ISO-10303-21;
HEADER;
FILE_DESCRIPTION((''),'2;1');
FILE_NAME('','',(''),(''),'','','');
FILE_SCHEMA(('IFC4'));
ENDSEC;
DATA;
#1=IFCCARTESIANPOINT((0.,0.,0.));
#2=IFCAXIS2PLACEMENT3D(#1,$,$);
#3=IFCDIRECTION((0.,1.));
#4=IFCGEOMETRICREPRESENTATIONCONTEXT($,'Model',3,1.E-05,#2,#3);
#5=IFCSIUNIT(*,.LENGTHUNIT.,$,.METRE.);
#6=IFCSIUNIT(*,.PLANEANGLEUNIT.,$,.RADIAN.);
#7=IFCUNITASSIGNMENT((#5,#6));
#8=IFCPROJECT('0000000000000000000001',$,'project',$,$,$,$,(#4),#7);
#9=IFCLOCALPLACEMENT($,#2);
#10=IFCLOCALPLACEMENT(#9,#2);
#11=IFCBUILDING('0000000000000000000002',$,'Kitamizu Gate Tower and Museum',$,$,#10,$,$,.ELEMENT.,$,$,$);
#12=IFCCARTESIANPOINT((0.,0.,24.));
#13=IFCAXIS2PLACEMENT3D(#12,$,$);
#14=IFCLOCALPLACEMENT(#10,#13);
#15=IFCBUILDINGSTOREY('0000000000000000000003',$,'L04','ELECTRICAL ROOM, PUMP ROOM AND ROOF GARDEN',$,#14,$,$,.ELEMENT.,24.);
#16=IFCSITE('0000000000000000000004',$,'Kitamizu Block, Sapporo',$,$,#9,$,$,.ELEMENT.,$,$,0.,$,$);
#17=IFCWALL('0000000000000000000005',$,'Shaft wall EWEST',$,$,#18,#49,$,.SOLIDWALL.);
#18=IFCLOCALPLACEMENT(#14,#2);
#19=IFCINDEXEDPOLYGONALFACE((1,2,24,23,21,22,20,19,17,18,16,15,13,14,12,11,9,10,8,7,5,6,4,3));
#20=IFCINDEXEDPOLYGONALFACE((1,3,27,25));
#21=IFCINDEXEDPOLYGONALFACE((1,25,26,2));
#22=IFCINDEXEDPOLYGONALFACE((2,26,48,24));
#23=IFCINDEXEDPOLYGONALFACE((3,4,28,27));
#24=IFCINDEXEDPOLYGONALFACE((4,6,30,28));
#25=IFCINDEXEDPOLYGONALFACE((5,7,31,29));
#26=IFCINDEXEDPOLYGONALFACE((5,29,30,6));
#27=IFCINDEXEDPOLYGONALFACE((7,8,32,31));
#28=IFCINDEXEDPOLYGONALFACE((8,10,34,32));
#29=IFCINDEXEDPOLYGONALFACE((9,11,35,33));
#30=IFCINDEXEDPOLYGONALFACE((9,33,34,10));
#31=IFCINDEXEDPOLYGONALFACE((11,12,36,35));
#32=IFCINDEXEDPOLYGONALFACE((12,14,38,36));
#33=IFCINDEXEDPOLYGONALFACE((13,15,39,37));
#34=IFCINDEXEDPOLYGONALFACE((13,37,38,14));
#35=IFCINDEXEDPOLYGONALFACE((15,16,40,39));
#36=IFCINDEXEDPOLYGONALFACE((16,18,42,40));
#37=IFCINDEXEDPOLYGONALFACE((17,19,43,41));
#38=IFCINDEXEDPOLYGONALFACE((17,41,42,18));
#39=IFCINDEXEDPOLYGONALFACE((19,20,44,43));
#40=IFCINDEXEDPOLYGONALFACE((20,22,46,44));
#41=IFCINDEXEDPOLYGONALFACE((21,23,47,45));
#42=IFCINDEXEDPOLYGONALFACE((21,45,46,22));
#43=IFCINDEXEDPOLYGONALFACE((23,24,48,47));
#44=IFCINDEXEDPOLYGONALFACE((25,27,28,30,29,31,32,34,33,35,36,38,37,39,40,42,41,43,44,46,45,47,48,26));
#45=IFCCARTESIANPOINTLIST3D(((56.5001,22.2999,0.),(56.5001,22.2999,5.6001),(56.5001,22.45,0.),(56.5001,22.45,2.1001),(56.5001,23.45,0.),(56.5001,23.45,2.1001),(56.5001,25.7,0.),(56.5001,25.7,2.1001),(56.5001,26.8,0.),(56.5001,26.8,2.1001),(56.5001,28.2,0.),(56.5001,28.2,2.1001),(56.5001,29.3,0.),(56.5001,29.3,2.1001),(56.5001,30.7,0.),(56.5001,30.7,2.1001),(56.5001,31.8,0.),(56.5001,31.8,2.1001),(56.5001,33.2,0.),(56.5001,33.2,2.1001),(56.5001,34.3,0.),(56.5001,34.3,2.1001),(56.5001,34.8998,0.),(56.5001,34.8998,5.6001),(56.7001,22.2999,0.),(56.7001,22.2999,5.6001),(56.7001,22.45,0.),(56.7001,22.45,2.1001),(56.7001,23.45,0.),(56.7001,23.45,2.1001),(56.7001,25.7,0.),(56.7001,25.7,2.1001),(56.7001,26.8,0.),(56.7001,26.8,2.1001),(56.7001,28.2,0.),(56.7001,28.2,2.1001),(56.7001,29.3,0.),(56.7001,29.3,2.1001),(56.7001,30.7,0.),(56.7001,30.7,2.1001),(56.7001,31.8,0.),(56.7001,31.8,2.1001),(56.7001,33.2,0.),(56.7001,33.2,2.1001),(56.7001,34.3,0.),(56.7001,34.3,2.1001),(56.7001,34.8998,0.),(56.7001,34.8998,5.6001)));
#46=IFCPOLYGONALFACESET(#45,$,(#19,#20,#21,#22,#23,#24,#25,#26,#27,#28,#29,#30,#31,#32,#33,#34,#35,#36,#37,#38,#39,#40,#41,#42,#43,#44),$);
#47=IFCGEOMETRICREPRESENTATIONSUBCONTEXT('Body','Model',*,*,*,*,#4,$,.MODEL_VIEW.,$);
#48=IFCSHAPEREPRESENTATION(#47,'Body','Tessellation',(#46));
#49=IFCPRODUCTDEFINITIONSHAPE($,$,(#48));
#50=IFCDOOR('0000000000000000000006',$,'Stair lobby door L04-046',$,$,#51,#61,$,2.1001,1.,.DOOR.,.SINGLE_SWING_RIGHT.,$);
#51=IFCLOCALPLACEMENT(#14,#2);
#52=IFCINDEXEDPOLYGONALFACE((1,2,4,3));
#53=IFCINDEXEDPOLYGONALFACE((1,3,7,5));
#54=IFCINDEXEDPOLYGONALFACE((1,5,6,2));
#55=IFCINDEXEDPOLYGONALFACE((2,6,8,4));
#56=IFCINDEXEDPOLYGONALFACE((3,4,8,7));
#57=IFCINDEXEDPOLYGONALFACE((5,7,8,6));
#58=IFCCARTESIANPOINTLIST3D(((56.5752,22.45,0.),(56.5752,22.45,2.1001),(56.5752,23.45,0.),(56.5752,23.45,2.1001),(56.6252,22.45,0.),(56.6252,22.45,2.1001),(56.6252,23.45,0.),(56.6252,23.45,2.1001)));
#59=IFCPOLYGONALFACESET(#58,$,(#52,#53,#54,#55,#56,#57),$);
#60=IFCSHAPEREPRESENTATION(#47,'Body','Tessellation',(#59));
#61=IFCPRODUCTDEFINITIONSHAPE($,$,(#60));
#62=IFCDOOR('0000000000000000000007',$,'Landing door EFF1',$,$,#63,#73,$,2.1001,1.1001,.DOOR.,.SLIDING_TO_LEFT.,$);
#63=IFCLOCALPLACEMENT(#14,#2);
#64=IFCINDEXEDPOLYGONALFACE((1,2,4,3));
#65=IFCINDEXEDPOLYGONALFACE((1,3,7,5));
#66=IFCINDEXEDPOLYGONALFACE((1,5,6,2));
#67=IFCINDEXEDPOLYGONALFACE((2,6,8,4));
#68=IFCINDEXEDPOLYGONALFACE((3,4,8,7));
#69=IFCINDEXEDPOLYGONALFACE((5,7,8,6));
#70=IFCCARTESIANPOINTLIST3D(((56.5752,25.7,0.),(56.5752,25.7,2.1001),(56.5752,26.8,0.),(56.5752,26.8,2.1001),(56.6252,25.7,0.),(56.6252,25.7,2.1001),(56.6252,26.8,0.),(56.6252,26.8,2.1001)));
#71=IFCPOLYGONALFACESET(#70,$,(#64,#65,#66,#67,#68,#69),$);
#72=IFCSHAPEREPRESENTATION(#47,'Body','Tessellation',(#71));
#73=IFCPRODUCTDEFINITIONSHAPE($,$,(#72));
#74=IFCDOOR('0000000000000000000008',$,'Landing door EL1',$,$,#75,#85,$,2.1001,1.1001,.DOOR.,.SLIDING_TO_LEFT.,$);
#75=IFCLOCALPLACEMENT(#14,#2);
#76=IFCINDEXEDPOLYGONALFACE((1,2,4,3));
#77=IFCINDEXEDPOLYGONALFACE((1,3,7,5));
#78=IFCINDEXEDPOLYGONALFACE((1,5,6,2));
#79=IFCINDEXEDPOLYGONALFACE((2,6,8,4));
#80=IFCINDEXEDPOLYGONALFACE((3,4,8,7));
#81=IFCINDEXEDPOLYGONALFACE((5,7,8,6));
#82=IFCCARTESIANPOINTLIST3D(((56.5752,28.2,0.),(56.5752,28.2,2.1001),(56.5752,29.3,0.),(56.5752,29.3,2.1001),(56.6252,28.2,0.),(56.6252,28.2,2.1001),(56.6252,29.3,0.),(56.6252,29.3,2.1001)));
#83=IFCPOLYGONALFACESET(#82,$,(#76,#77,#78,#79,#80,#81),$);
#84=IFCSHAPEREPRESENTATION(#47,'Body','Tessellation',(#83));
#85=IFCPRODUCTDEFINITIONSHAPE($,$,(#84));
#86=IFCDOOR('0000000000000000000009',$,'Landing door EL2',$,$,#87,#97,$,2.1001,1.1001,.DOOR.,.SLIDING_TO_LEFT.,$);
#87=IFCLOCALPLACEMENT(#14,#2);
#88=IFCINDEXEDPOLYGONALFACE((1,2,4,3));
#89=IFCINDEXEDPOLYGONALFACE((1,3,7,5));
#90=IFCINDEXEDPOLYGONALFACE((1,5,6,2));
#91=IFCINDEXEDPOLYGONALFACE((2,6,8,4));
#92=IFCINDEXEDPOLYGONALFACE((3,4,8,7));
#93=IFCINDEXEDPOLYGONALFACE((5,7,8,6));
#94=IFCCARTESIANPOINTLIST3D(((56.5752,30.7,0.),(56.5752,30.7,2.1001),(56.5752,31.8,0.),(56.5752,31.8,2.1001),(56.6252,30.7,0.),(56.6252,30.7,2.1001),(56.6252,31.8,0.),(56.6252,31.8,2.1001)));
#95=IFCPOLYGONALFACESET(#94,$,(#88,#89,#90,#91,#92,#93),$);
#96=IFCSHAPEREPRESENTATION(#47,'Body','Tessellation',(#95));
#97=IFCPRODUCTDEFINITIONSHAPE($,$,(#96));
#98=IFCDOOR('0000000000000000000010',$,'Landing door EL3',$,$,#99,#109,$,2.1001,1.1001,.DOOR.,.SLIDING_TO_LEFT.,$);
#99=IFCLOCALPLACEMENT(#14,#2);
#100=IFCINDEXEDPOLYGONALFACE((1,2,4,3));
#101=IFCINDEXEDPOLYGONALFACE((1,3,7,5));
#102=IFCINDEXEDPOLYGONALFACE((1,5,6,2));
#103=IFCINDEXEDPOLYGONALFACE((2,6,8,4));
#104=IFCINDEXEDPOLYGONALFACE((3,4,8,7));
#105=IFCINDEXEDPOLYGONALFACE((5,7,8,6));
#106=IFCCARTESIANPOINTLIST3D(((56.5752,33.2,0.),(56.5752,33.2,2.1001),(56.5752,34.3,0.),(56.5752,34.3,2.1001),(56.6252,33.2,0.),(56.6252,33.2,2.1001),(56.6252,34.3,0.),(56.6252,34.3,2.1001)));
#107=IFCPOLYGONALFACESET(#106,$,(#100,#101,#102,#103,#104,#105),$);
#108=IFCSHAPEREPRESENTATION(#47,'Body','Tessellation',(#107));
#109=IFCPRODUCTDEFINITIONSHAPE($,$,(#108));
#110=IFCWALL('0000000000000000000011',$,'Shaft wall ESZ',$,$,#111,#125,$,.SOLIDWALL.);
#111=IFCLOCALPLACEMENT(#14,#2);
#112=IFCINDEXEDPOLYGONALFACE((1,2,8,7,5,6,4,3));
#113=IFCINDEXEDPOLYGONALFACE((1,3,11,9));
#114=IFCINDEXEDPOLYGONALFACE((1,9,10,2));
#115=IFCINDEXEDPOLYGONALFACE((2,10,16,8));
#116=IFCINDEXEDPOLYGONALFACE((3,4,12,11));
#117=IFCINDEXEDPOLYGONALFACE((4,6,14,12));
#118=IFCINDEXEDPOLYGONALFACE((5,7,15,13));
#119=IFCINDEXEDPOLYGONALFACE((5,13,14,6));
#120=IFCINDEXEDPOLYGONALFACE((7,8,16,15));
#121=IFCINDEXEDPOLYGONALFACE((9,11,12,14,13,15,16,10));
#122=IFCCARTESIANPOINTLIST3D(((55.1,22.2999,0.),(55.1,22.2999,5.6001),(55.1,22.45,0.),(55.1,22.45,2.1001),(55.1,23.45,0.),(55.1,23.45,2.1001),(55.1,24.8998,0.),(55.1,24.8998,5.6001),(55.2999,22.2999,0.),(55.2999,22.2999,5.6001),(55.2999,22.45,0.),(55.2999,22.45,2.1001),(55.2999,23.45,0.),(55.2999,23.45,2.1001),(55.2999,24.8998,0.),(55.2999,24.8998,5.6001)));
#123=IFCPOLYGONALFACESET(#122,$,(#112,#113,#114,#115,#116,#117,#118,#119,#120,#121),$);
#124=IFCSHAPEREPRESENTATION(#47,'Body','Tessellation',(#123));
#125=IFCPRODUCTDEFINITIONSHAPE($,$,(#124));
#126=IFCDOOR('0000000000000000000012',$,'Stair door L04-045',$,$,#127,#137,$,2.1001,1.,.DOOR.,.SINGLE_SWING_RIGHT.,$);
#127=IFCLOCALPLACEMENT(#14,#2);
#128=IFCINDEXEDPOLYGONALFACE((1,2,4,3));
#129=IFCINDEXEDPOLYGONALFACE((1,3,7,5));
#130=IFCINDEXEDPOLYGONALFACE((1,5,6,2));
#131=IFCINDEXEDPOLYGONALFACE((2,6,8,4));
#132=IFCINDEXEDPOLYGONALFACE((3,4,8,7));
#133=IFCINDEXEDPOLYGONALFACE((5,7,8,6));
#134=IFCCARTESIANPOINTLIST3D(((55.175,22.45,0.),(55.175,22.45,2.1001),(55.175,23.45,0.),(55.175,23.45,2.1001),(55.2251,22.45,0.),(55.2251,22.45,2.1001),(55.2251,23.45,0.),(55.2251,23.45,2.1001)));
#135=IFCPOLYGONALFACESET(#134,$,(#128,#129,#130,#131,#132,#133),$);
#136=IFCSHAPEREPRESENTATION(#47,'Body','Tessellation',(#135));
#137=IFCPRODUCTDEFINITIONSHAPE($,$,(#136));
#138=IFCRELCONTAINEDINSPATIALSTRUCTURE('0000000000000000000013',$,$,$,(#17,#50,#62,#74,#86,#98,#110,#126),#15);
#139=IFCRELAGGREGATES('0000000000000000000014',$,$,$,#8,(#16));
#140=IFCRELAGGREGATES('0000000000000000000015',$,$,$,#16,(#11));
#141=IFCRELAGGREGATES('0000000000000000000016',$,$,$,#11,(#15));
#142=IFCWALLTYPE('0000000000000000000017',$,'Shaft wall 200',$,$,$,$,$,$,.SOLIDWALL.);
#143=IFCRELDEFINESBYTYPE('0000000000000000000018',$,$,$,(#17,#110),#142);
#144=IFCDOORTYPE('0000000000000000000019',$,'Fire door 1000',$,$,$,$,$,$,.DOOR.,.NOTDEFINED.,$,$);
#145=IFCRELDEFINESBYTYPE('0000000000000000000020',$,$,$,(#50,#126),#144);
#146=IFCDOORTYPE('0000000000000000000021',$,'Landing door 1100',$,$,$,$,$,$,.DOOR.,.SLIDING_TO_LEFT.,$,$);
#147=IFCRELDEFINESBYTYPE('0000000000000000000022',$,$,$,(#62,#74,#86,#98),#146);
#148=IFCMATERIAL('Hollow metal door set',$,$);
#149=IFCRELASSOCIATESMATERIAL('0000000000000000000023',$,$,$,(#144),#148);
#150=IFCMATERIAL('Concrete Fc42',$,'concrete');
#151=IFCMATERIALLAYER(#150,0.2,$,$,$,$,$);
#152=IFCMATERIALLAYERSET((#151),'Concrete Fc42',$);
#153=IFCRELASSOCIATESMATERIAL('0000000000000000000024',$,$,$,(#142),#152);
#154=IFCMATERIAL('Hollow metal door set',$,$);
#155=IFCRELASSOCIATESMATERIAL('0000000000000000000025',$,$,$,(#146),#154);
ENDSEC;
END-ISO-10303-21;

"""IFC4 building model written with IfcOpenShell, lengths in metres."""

from ifc_helpers import new_model, si_unit, direction, frame, frame_2d, origin, place, context, subcontext, project, spatial, rectangle, extrude, material, layer, layer_set, type_object, element, fill, save


model = new_model("IFC4")

# Units and contexts
model_context = context("Model", 3, precision=1e-05, world=origin(), true_north=direction((0.0, 1.0)))
body_context = subcontext(model_context, "Body", "Model", "MODEL_VIEW")
ifc_project = project(units=[si_unit("LENGTHUNIT", "METRE"), si_unit("PLANEANGLEUNIT", "RADIAN")], contexts=[model_context])

# Site, building, storey
site_placement = place(None, origin())
site = spatial("IfcSite", under=ifc_project, at=site_placement, Name="Kitamizu Block, Sapporo", CompositionType="ELEMENT", RefElevation=0.0)
building_placement = place(site_placement, origin())
building = spatial("IfcBuilding", under=site, at=building_placement, Name="Kitamizu Gate Tower and Museum", CompositionType="ELEMENT")
storey_placement = place(building_placement, frame((0.0, 0.0, 24.0)))
storey = spatial("IfcBuildingStorey", under=building, at=storey_placement, Name="L04", Description="ELECTRICAL ROOM, PUMP ROOM AND ROOF GARDEN", CompositionType="ELEMENT", Elevation=24.0)

# Shared definitions
ifc_material_1 = material(Name="Hollow metal door set")
door_type_1 = type_object("IfcDoorType", Name="Fire door 1000", OperationType="NOTDEFINED", PredefinedType="DOOR", material=ifc_material_1)

# Wall, openings, doors
ifc_material_2 = material(Name="Concrete Fc42", Category="concrete")
ifc_layer_1 = layer(ifc_material_2, 0.2)
ifc_layer_set_1 = layer_set([ifc_layer_1], Name="Concrete Fc42")
wall_type_1 = type_object("IfcWallType", Name="Shaft wall 200", PredefinedType="SOLIDWALL", material=ifc_layer_set_1)
wall_1_placement = place(storey_placement, frame((56.6001, 22.3, 0.0), z_axis=(0.0, 0.0, 1.0), x_axis=(0.0, 1.0, 0.0)))
wall_1 = element("IfcWall", 1, at=wall_1_placement, inside=storey, type_object=wall_type_1, Name="Shaft wall EWEST", PredefinedType="SOLIDWALL", context=body_context, shape_type="SweptSolid", body=[
    extrude(rectangle(XDim=12.5999, YDim=0.2, at=frame_2d((6.2998, 0.0))), origin(), (0.0, 0.0, 1.0), 5.6001),
])
opening_1_placement = place(wall_1_placement, frame((3.3999, 0.0, 0.0)))
opening_1 = element("IfcOpeningElement", 2, at=opening_1_placement, cuts=wall_1, PredefinedType="OPENING", context=body_context, shape_type="SweptSolid", body=[
    extrude(rectangle(XDim=1.1001, YDim=2.1001, at=frame_2d((0.55, 1.05))), frame((0.0, 0.1099, 0.0), z_axis=(0.0, -1.0, 0.0), x_axis=(1.0, 0.0, 0.0)), (0.0, 0.0, 1.0), 0.22),
])
opening_2_placement = place(wall_1_placement, frame((5.8999, 0.0, 0.0)))
opening_2 = element("IfcOpeningElement", 3, at=opening_2_placement, cuts=wall_1, PredefinedType="OPENING", context=body_context, shape_type="SweptSolid", body=[
    extrude(rectangle(XDim=1.1001, YDim=2.1001, at=frame_2d((0.55, 1.05))), frame((0.0, 0.1099, 0.0), z_axis=(0.0, -1.0, 0.0), x_axis=(1.0, 0.0, 0.0)), (0.0, 0.0, 1.0), 0.22),
])
opening_3_placement = place(wall_1_placement, frame((8.3999, 0.0, 0.0)))
opening_3 = element("IfcOpeningElement", 4, at=opening_3_placement, cuts=wall_1, PredefinedType="OPENING", context=body_context, shape_type="SweptSolid", body=[
    extrude(rectangle(XDim=1.1001, YDim=2.1001, at=frame_2d((0.55, 1.05))), frame((0.0, 0.1099, 0.0), z_axis=(0.0, -1.0, 0.0), x_axis=(1.0, 0.0, 0.0)), (0.0, 0.0, 1.0), 0.22),
])
opening_4_placement = place(wall_1_placement, frame((10.8999, 0.0, 0.0)))
opening_4 = element("IfcOpeningElement", 5, at=opening_4_placement, cuts=wall_1, PredefinedType="OPENING", context=body_context, shape_type="SweptSolid", body=[
    extrude(rectangle(XDim=1.1001, YDim=2.1001, at=frame_2d((0.55, 1.05))), frame((0.0, 0.1099, 0.0), z_axis=(0.0, -1.0, 0.0), x_axis=(1.0, 0.0, 0.0)), (0.0, 0.0, 1.0), 0.22),
])
opening_5_placement = place(wall_1_placement, frame((0.1499, 0.0, 0.0)))
opening_5 = element("IfcOpeningElement", 6, at=opening_5_placement, cuts=wall_1, PredefinedType="OPENING", context=body_context, shape_type="SweptSolid", body=[
    extrude(rectangle(XDim=1.0, YDim=2.1001, at=frame_2d((0.5, 1.05))), frame((0.0, 0.1099, 0.0), z_axis=(0.0, -1.0, 0.0), x_axis=(1.0, 0.0, 0.0)), (0.0, 0.0, 1.0), 0.22),
])
door_1_placement = place(opening_5_placement, origin())
door_1 = element("IfcDoor", 7, at=door_1_placement, inside=storey, type_object=door_type_1, Name="Stair lobby door L04-046", OperationType="SINGLE_SWING_RIGHT", OverallHeight=2.1001, OverallWidth=1.0, PredefinedType="DOOR", context=body_context, shape_type="SweptSolid", body=[
    extrude(rectangle(XDim=1.0, YDim=2.1001, at=frame_2d((0.5, 1.05))), frame((0.0, 0.0249, 0.0), z_axis=(0.0, -1.0, 0.0), x_axis=(1.0, 0.0, 0.0)), (0.0, 0.0, 1.0), 0.05),
])
fill(opening_5, door_1)
ifc_material_3 = material(Name="Hollow metal door set")
door_type_2 = type_object("IfcDoorType", Name="Landing door 1100", OperationType="SLIDING_TO_LEFT", PredefinedType="DOOR", material=ifc_material_3)
door_2_placement = place(opening_1_placement, origin())
door_2 = element("IfcDoor", 8, at=door_2_placement, inside=storey, type_object=door_type_2, Name="Landing door EFF1", OperationType="SLIDING_TO_LEFT", OverallHeight=2.1001, OverallWidth=1.1001, PredefinedType="DOOR", context=body_context, shape_type="SweptSolid", body=[
    extrude(rectangle(XDim=1.1001, YDim=2.1001, at=frame_2d((0.55, 1.05))), frame((0.0, 0.0249, 0.0), z_axis=(0.0, -1.0, 0.0), x_axis=(1.0, 0.0, 0.0)), (0.0, 0.0, 1.0), 0.05),
])
fill(opening_1, door_2)
door_3_placement = place(opening_2_placement, origin())
door_3 = element("IfcDoor", 9, at=door_3_placement, inside=storey, type_object=door_type_2, Name="Landing door EL1", OperationType="SLIDING_TO_LEFT", OverallHeight=2.1001, OverallWidth=1.1001, PredefinedType="DOOR", context=body_context, shape_type="SweptSolid", body=[
    extrude(rectangle(XDim=1.1001, YDim=2.1001, at=frame_2d((0.55, 1.05))), frame((0.0, 0.0249, 0.0), z_axis=(0.0, -1.0, 0.0), x_axis=(1.0, 0.0, 0.0)), (0.0, 0.0, 1.0), 0.05),
])
fill(opening_2, door_3)
door_4_placement = place(opening_3_placement, origin())
door_4 = element("IfcDoor", 10, at=door_4_placement, inside=storey, type_object=door_type_2, Name="Landing door EL2", OperationType="SLIDING_TO_LEFT", OverallHeight=2.1001, OverallWidth=1.1001, PredefinedType="DOOR", context=body_context, shape_type="SweptSolid", body=[
    extrude(rectangle(XDim=1.1001, YDim=2.1001, at=frame_2d((0.55, 1.05))), frame((0.0, 0.0249, 0.0), z_axis=(0.0, -1.0, 0.0), x_axis=(1.0, 0.0, 0.0)), (0.0, 0.0, 1.0), 0.05),
])
fill(opening_3, door_4)
door_5_placement = place(opening_4_placement, origin())
door_5 = element("IfcDoor", 11, at=door_5_placement, inside=storey, type_object=door_type_2, Name="Landing door EL3", OperationType="SLIDING_TO_LEFT", OverallHeight=2.1001, OverallWidth=1.1001, PredefinedType="DOOR", context=body_context, shape_type="SweptSolid", body=[
    extrude(rectangle(XDim=1.1001, YDim=2.1001, at=frame_2d((0.55, 1.05))), frame((0.0, 0.0249, 0.0), z_axis=(0.0, -1.0, 0.0), x_axis=(1.0, 0.0, 0.0)), (0.0, 0.0, 1.0), 0.05),
])
fill(opening_4, door_5)

# Wall, opening, door
wall_2_placement = place(storey_placement, frame((55.2, 22.3, 0.0), z_axis=(0.0, 0.0, 1.0), x_axis=(0.0, 1.0, 0.0)))
wall_2 = element("IfcWall", 12, at=wall_2_placement, inside=storey, type_object=wall_type_1, Name="Shaft wall ESZ", PredefinedType="SOLIDWALL", context=body_context, shape_type="SweptSolid", body=[
    extrude(rectangle(XDim=2.5999, YDim=0.2, at=frame_2d((1.2998, 0.0))), origin(), (0.0, 0.0, 1.0), 5.6001),
])
opening_6_placement = place(wall_2_placement, frame((0.1499, 0.0, 0.0)))
opening_6 = element("IfcOpeningElement", 13, at=opening_6_placement, cuts=wall_2, PredefinedType="OPENING", context=body_context, shape_type="SweptSolid", body=[
    extrude(rectangle(XDim=1.0, YDim=2.1001, at=frame_2d((0.5, 1.05))), frame((0.0, 0.1099, 0.0), z_axis=(0.0, -1.0, 0.0), x_axis=(1.0, 0.0, 0.0)), (0.0, 0.0, 1.0), 0.22),
])
door_6_placement = place(opening_6_placement, origin())
door_6 = element("IfcDoor", 14, at=door_6_placement, inside=storey, type_object=door_type_1, Name="Stair door L04-045", OperationType="SINGLE_SWING_RIGHT", OverallHeight=2.1001, OverallWidth=1.0, PredefinedType="DOOR", context=body_context, shape_type="SweptSolid", body=[
    extrude(rectangle(XDim=1.0, YDim=2.1001, at=frame_2d((0.5, 1.05))), frame((0.0, 0.0249, 0.0), z_axis=(0.0, -1.0, 0.0), x_axis=(1.0, 0.0, 0.0)), (0.0, 0.0, 1.0), 0.05),
])
fill(opening_6, door_6)

save(model, "model.ifc")
